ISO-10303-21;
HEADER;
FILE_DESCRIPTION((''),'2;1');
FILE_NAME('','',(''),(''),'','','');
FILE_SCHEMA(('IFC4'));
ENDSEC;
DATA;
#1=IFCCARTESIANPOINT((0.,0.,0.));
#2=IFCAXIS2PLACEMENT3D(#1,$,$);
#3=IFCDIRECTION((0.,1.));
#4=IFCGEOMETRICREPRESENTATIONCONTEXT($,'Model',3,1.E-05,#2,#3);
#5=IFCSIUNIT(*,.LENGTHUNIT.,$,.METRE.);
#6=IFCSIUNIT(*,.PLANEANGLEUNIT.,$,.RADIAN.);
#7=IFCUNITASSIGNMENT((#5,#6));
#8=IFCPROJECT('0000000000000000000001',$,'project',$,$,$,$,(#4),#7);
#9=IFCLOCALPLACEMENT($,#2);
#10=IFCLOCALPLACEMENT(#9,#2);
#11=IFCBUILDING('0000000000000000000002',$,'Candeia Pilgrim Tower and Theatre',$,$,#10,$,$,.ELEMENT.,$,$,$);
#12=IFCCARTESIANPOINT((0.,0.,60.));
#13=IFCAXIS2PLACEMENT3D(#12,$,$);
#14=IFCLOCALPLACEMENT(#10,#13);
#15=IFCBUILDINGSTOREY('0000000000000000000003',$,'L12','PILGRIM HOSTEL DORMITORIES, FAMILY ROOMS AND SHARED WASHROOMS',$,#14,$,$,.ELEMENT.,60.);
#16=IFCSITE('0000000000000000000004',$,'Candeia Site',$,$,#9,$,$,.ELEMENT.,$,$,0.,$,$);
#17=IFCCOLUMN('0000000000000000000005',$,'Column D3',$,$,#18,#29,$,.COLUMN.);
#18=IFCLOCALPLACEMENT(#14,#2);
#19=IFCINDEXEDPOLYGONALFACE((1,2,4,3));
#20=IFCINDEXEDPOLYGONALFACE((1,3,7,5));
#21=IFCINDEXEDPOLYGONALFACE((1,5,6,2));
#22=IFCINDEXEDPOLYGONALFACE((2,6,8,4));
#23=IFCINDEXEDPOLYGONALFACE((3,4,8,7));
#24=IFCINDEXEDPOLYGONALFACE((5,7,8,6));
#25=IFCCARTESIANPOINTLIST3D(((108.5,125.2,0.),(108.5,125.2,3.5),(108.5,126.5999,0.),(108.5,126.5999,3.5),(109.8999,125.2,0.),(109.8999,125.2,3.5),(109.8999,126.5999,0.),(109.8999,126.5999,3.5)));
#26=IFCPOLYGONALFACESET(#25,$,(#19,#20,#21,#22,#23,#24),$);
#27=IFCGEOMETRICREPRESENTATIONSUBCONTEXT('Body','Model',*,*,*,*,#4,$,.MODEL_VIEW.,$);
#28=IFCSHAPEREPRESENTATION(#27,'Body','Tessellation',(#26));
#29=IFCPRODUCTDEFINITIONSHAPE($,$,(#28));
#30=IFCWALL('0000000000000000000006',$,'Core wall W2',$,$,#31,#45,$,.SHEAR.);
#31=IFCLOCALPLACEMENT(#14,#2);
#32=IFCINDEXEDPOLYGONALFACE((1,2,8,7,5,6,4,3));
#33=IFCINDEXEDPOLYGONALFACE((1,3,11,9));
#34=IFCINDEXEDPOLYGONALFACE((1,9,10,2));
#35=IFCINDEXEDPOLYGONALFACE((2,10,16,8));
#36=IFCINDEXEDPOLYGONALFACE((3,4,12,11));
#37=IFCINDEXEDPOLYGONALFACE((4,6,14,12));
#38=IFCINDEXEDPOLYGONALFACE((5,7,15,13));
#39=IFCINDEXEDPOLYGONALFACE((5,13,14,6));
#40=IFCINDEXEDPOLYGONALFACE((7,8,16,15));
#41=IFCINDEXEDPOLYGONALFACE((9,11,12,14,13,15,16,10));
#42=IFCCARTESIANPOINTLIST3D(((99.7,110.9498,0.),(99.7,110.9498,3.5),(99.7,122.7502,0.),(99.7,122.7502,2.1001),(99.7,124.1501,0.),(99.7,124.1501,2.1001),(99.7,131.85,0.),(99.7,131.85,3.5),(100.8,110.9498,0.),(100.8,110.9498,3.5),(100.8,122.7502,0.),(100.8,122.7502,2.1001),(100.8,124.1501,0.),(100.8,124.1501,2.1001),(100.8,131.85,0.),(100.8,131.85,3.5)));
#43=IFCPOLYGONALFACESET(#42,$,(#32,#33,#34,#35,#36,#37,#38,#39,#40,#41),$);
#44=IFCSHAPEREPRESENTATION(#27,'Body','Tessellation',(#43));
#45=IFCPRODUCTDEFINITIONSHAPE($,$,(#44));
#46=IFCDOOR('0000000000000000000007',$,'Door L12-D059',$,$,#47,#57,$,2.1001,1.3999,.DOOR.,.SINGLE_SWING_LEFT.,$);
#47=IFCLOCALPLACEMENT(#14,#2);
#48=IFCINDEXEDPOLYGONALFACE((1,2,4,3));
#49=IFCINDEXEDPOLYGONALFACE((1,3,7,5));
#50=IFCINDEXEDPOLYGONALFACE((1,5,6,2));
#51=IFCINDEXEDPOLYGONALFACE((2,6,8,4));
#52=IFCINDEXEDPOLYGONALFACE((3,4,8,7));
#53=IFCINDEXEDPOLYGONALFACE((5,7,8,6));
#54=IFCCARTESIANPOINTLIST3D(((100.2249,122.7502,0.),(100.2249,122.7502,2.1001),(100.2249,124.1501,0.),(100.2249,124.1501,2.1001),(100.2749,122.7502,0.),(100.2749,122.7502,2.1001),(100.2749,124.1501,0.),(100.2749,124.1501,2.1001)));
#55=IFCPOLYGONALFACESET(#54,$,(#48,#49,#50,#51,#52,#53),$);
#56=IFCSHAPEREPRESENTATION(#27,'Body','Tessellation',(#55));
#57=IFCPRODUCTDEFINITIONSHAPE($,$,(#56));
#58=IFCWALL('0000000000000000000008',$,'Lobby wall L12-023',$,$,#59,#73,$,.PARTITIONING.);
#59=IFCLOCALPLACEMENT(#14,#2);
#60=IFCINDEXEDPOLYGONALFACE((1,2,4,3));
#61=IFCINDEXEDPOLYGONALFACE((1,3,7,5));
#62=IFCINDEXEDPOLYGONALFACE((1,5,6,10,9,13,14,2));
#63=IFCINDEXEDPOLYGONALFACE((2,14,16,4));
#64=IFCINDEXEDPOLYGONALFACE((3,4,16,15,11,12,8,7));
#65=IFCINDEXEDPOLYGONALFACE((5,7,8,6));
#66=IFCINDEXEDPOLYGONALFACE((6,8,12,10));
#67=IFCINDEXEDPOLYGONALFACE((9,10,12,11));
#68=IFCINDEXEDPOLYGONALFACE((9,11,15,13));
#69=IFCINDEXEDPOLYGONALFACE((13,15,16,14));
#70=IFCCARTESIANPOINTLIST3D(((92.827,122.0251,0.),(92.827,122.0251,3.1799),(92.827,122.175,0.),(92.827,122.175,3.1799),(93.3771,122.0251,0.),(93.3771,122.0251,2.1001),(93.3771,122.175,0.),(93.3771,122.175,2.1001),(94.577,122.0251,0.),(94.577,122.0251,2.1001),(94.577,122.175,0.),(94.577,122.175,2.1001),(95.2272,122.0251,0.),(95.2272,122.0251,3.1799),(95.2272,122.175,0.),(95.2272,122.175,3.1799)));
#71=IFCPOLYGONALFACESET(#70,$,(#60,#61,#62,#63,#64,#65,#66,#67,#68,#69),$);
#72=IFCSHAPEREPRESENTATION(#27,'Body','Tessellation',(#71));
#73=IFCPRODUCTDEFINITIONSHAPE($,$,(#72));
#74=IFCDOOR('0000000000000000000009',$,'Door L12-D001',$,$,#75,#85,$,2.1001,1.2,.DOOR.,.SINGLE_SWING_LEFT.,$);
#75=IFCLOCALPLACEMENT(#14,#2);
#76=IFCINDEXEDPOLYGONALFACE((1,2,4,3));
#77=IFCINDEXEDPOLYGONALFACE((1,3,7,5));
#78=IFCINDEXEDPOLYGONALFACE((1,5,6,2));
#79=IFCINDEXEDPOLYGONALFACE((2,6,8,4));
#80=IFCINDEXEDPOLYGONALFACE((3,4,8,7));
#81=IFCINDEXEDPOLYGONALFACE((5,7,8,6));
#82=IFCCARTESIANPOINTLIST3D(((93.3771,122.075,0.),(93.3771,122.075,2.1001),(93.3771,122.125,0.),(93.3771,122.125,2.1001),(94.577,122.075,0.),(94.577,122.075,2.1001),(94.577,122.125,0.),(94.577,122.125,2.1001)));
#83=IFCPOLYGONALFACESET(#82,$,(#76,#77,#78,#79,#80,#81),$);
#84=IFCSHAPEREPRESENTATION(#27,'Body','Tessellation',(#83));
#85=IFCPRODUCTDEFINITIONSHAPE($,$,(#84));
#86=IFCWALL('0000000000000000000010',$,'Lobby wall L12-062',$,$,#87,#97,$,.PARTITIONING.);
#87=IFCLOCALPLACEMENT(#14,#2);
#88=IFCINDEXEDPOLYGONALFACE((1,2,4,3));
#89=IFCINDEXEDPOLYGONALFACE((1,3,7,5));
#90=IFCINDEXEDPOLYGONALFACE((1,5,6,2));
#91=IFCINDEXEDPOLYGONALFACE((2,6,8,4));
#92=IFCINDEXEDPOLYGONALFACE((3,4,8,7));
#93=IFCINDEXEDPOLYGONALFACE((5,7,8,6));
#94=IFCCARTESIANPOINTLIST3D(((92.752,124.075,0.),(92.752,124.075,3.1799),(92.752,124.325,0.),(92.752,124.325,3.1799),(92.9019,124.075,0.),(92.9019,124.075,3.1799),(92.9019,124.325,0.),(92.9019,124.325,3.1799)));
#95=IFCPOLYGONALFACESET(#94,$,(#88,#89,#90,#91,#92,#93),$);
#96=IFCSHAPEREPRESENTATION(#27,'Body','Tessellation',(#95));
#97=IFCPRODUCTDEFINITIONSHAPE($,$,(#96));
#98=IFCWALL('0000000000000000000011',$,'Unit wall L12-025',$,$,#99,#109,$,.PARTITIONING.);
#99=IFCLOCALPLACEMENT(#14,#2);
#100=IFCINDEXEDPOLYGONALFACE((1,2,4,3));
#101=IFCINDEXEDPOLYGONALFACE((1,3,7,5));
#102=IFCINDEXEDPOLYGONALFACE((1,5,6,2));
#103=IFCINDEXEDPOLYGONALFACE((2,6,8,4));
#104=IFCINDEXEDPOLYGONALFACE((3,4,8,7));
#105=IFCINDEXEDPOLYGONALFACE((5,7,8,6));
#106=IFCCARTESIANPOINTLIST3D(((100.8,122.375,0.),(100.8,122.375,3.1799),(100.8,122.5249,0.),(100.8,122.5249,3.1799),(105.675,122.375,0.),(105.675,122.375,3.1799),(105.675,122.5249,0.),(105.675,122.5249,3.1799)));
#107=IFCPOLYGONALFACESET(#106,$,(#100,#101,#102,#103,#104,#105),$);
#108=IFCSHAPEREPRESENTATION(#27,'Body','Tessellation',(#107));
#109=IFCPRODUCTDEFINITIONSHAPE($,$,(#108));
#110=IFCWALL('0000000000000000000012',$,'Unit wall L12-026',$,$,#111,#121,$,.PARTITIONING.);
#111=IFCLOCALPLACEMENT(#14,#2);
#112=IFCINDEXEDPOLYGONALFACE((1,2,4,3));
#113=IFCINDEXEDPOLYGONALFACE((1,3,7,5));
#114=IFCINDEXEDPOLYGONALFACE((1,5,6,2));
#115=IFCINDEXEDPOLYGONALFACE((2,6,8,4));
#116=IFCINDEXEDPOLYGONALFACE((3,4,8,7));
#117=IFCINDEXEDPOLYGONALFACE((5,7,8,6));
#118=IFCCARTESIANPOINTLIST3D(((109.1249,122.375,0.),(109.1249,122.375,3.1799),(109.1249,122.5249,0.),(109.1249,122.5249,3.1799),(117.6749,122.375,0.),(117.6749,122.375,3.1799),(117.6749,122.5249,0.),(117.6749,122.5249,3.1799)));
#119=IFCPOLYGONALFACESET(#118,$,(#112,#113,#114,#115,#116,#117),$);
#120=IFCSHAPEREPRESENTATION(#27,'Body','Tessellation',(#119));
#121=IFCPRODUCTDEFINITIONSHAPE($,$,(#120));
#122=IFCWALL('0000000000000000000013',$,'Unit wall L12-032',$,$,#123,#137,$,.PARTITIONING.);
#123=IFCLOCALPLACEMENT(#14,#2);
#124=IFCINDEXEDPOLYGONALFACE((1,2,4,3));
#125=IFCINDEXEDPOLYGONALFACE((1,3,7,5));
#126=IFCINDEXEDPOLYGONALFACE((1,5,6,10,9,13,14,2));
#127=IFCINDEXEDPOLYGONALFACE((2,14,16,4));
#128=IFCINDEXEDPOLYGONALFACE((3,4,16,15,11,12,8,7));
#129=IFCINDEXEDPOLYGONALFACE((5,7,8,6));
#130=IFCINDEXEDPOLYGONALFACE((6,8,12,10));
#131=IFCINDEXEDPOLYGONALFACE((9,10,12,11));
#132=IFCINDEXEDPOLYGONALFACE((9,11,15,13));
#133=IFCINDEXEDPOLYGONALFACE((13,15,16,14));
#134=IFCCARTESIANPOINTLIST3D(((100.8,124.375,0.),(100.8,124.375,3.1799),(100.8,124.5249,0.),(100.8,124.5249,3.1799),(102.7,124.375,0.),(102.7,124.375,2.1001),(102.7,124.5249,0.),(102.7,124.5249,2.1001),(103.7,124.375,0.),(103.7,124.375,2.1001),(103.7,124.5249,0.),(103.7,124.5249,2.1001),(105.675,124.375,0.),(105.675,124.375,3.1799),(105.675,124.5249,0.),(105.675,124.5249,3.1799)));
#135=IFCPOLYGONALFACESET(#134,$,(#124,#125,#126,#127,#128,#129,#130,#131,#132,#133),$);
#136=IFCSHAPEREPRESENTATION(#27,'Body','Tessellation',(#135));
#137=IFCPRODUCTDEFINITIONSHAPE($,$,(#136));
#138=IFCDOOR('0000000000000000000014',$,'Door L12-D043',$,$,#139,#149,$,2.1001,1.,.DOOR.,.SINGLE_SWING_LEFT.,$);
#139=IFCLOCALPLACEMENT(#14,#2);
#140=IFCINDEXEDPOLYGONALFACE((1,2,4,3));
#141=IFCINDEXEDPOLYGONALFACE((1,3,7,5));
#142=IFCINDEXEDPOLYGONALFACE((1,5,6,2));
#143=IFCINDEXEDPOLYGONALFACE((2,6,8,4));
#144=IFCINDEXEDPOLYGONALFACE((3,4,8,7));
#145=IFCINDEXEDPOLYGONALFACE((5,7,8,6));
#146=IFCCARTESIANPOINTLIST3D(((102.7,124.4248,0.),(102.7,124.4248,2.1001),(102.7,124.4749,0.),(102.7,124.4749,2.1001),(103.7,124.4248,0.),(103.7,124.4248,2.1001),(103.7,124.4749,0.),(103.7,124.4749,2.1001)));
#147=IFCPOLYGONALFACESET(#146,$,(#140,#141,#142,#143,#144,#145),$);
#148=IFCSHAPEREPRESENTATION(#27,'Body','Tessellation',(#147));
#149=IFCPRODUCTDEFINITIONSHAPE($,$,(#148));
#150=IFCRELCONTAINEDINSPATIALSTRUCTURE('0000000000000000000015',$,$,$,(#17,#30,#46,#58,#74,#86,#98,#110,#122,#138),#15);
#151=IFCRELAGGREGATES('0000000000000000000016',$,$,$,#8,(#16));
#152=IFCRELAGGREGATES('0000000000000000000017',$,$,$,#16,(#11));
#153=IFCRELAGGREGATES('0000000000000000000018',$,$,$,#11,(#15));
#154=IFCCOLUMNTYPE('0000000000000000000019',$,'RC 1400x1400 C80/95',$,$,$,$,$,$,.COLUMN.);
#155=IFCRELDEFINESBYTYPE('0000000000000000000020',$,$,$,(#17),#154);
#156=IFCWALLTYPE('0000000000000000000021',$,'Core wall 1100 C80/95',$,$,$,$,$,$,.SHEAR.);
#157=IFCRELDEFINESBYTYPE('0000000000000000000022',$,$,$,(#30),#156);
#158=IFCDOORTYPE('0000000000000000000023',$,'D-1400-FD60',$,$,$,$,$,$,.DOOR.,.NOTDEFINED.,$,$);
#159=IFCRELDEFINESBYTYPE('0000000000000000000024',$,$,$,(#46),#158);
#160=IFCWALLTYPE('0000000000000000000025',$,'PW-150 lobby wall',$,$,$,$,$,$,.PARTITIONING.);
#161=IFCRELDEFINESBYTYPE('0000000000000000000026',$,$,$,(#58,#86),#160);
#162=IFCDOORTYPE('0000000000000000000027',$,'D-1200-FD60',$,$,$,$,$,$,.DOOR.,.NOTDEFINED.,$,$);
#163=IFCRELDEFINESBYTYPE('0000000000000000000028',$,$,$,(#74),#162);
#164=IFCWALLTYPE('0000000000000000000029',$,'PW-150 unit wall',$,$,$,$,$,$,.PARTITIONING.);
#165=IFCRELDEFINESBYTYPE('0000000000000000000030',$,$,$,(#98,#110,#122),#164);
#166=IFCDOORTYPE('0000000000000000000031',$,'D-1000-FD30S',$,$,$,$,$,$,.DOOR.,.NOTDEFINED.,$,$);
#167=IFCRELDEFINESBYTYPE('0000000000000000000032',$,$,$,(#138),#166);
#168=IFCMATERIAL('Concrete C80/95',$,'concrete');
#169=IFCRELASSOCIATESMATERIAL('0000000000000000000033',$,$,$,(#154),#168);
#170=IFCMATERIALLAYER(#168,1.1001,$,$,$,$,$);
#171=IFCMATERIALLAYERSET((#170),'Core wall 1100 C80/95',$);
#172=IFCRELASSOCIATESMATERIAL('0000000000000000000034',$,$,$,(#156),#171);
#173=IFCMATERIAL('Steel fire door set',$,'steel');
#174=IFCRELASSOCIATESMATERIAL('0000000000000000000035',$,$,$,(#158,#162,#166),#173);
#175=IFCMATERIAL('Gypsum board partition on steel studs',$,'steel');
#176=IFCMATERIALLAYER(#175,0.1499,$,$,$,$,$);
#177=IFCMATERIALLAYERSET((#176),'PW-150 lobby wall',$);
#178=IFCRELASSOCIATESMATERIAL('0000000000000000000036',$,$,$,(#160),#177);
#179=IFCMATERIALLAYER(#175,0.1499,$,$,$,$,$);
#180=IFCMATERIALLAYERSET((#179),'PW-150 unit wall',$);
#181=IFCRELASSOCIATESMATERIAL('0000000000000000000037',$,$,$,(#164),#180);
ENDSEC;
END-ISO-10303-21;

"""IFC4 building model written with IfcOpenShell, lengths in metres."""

from ifc_helpers import new_model, si_unit, direction, frame, frame_2d, origin, origin_2d, place, context, subcontext, project, spatial, rectangle, extrude, material, layer, layer_set, material_profile, profile_set, type_object, element, fill, save


model = new_model("IFC4")

# Units and contexts
model_context = context("Model", 3, precision=1e-05, world=origin(), true_north=direction((0.0, 1.0)))
body_context = subcontext(model_context, "Body", "Model", "MODEL_VIEW")
ifc_project = project(units=[si_unit("LENGTHUNIT", "METRE"), si_unit("PLANEANGLEUNIT", "RADIAN")], contexts=[model_context])

# Site, building, storey
site_placement = place(None, origin())
site = spatial("IfcSite", under=ifc_project, at=site_placement, Name="Candeia Site", CompositionType="ELEMENT", RefElevation=0.0)
building_placement = place(site_placement, origin())
building = spatial("IfcBuilding", under=site, at=building_placement, Name="Candeia Pilgrim Tower and Theatre", CompositionType="ELEMENT")
storey_placement = place(building_placement, frame((0.0, 0.0, 60.0)))
storey = spatial("IfcBuildingStorey", under=building, at=storey_placement, Name="L12", Description="PILGRIM HOSTEL DORMITORIES, FAMILY ROOMS AND SHARED WASHROOMS", CompositionType="ELEMENT", Elevation=60.0)

# Column
ifc_material_1 = material(Name="Concrete C80/95", Category="concrete")
ifc_material_profile = material_profile(ifc_material_1, rectangle(XDim=1.3999, YDim=1.3999, at=origin_2d()))
ifc_profile_set = profile_set([ifc_material_profile], Name="Concrete C80/95")
column_type = type_object("IfcColumnType", Name="RC 1400x1400 C80/95", PredefinedType="COLUMN", material=ifc_profile_set)
column_placement = place(storey_placement, frame((109.2, 125.8999, 0.0), z_axis=(0.0, 0.0, 1.0), x_axis=(1.0, 0.0, 0.0)))
element("IfcColumn", 1, at=column_placement, inside=storey, type_object=column_type, Name="Column D3", PredefinedType="COLUMN", context=body_context, shape_type="SweptSolid", body=[
    extrude(rectangle(XDim=1.3999, YDim=1.3999, at=origin_2d()), origin(), (0.0, 0.0, 1.0), 3.5),
])

# Walls, openings, doors
ifc_layer_1 = layer(ifc_material_1, 1.1001)
ifc_layer_set_1 = layer_set([ifc_layer_1], Name="Core wall 1100 C80/95")
wall_type_1 = type_object("IfcWallType", Name="Core wall 1100 C80/95", PredefinedType="SHEAR", material=ifc_layer_set_1)
wall_1_placement = place(storey_placement, frame((100.25, 131.8501, 0.0), z_axis=(0.0, 0.0, 1.0), x_axis=(0.0, -1.0, 0.0)))
wall_1 = element("IfcWall", 2, at=wall_1_placement, inside=storey, type_object=wall_type_1, Name="Core wall W2", PredefinedType="SHEAR", context=body_context, shape_type="SweptSolid", body=[
    extrude(rectangle(XDim=20.9001, YDim=1.1001, at=frame_2d((10.4502, 0.0))), origin(), (0.0, 0.0, 1.0), 3.5),
])
opening_1_placement = place(wall_1_placement, frame((7.7, 0.0, 0.0)))
opening_1 = element("IfcOpeningElement", 3, at=opening_1_placement, cuts=wall_1, PredefinedType="OPENING", context=body_context, shape_type="SweptSolid", body=[
    extrude(rectangle(XDim=1.3999, YDim=2.1001, at=frame_2d((0.7, 1.05))), frame((0.0, 0.5601, 0.0), z_axis=(0.0, -1.0, 0.0), x_axis=(1.0, 0.0, 0.0)), (0.0, 0.0, 1.0), 1.1201),
])
ifc_material_2 = material(Name="Steel fire door set", Category="steel")
door_type_1 = type_object("IfcDoorType", Name="D-1400-FD60", OperationType="NOTDEFINED", PredefinedType="DOOR", material=ifc_material_2)
door_1_placement = place(opening_1_placement, origin())
door_1 = element("IfcDoor", 4, at=door_1_placement, inside=storey, type_object=door_type_1, Name="Door L12-D059", OperationType="SINGLE_SWING_LEFT", OverallHeight=2.1001, OverallWidth=1.3999, PredefinedType="DOOR", context=body_context, shape_type="SweptSolid", body=[
    extrude(rectangle(XDim=1.3999, YDim=2.1001, at=frame_2d((0.7, 1.05))), frame((0.0, 0.0249, 0.0), z_axis=(0.0, -1.0, 0.0), x_axis=(1.0, 0.0, 0.0)), (0.0, 0.0, 1.0), 0.05),
])
fill(opening_1, door_1)
ifc_material_3 = material(Name="Gypsum board partition on steel studs", Category="steel")
ifc_layer_2 = layer(ifc_material_3, 0.1499)
ifc_layer_set_2 = layer_set([ifc_layer_2], Name="PW-150 lobby wall")
wall_type_2 = type_object("IfcWallType", Name="PW-150 lobby wall", PredefinedType="PARTITIONING", material=ifc_layer_set_2)
wall_2_placement = place(storey_placement, frame((92.8269, 122.1001, 0.0), z_axis=(0.0, 0.0, 1.0), x_axis=(1.0, 0.0, 0.0)))
wall_2 = element("IfcWall", 5, at=wall_2_placement, inside=storey, type_object=wall_type_2, Name="Lobby wall L12-023", PredefinedType="PARTITIONING", context=body_context, shape_type="SweptSolid", body=[
    extrude(rectangle(XDim=2.4001, YDim=0.1499, at=frame_2d((1.2002, 0.0))), origin(), (0.0, 0.0, 1.0), 3.1799),
])
opening_2_placement = place(wall_2_placement, frame((0.55, 0.0, 0.0)))
opening_2 = element("IfcOpeningElement", 6, at=opening_2_placement, cuts=wall_2, PredefinedType="OPENING", context=body_context, shape_type="SweptSolid", body=[
    extrude(rectangle(XDim=1.2, YDim=2.1001, at=frame_2d((0.6001, 1.05))), frame((0.0, 0.085, 0.0), z_axis=(0.0, -1.0, 0.0), x_axis=(1.0, 0.0, 0.0)), (0.0, 0.0, 1.0), 0.1699),
])
door_type_2 = type_object("IfcDoorType", Name="D-1200-FD60", OperationType="NOTDEFINED", PredefinedType="DOOR", material=ifc_material_2)
door_2_placement = place(opening_2_placement, origin())
door_2 = element("IfcDoor", 7, at=door_2_placement, inside=storey, type_object=door_type_2, Name="Door L12-D001", OperationType="SINGLE_SWING_LEFT", OverallHeight=2.1001, OverallWidth=1.2, PredefinedType="DOOR", context=body_context, shape_type="SweptSolid", body=[
    extrude(rectangle(XDim=1.2, YDim=2.1001, at=frame_2d((0.6001, 1.05))), frame((0.0, 0.0249, 0.0), z_axis=(0.0, -1.0, 0.0), x_axis=(1.0, 0.0, 0.0)), (0.0, 0.0, 1.0), 0.05),
])
fill(opening_2, door_2)

# Walls
wall_3_placement = place(storey_placement, frame((92.8269, 124.075, 0.0), z_axis=(0.0, 0.0, 1.0), x_axis=(0.0, 1.0, 0.0)))
element("IfcWall", 8, at=wall_3_placement, inside=storey, type_object=wall_type_2, Name="Lobby wall L12-062", PredefinedType="PARTITIONING", context=body_context, shape_type="SweptSolid", body=[
    extrude(rectangle(XDim=0.25, YDim=0.1499, at=frame_2d((0.125, 0.0))), origin(), (0.0, 0.0, 1.0), 3.1799),
])
ifc_layer_3 = layer(ifc_material_3, 0.1499)
ifc_layer_set_3 = layer_set([ifc_layer_3], Name="PW-150 unit wall")
wall_type_3 = type_object("IfcWallType", Name="PW-150 unit wall", PredefinedType="PARTITIONING", material=ifc_layer_set_3)
wall_4_placement = place(storey_placement, frame((100.8, 122.45, 0.0), z_axis=(0.0, 0.0, 1.0), x_axis=(1.0, 0.0, 0.0)))
element("IfcWall", 9, at=wall_4_placement, inside=storey, type_object=wall_type_3, Name="Unit wall L12-025", PredefinedType="PARTITIONING", context=body_context, shape_type="SweptSolid", body=[
    extrude(rectangle(XDim=4.875, YDim=0.1499, at=frame_2d((2.4375, 0.0))), origin(), (0.0, 0.0, 1.0), 3.1799),
])
wall_5_placement = place(storey_placement, frame((109.125, 122.45, 0.0), z_axis=(0.0, 0.0, 1.0), x_axis=(1.0, 0.0, 0.0)))
element("IfcWall", 10, at=wall_5_placement, inside=storey, type_object=wall_type_3, Name="Unit wall L12-026", PredefinedType="PARTITIONING", context=body_context, shape_type="SweptSolid", body=[
    extrude(rectangle(XDim=8.55, YDim=0.1499, at=frame_2d((4.2749, 0.0))), origin(), (0.0, 0.0, 1.0), 3.1799),
])

# Wall, opening, door
wall_6_placement = place(storey_placement, frame((100.8, 124.45, 0.0), z_axis=(0.0, 0.0, 1.0), x_axis=(1.0, 0.0, 0.0)))
wall_6 = element("IfcWall", 11, at=wall_6_placement, inside=storey, type_object=wall_type_3, Name="Unit wall L12-032", PredefinedType="PARTITIONING", context=body_context, shape_type="SweptSolid", body=[
    extrude(rectangle(XDim=4.875, YDim=0.1499, at=frame_2d((2.4375, 0.0))), origin(), (0.0, 0.0, 1.0), 3.1799),
])
opening_3_placement = place(wall_6_placement, frame((1.8999, 0.0, 0.0)))
opening_3 = element("IfcOpeningElement", 12, at=opening_3_placement, cuts=wall_6, PredefinedType="OPENING", context=body_context, shape_type="SweptSolid", body=[
    extrude(rectangle(XDim=1.0, YDim=2.1001, at=frame_2d((0.5, 1.05))), frame((0.0, 0.085, 0.0), z_axis=(0.0, -1.0, 0.0), x_axis=(1.0, 0.0, 0.0)), (0.0, 0.0, 1.0), 0.1699),
])
door_type_3 = type_object("IfcDoorType", Name="D-1000-FD30S", OperationType="NOTDEFINED", PredefinedType="DOOR", material=ifc_material_2)
door_3_placement = place(opening_3_placement, origin())
door_3 = element("IfcDoor", 13, at=door_3_placement, inside=storey, type_object=door_type_3, Name="Door L12-D043", OperationType="SINGLE_SWING_LEFT", OverallHeight=2.1001, OverallWidth=1.0, PredefinedType="DOOR", context=body_context, shape_type="SweptSolid", body=[
    extrude(rectangle(XDim=1.0, YDim=2.1001, at=frame_2d((0.5, 1.05))), frame((0.0, 0.0249, 0.0), z_axis=(0.0, -1.0, 0.0), x_axis=(1.0, 0.0, 0.0)), (0.0, 0.0, 1.0), 0.05),
])
fill(opening_3, door_3)

save(model, "model.ifc")
